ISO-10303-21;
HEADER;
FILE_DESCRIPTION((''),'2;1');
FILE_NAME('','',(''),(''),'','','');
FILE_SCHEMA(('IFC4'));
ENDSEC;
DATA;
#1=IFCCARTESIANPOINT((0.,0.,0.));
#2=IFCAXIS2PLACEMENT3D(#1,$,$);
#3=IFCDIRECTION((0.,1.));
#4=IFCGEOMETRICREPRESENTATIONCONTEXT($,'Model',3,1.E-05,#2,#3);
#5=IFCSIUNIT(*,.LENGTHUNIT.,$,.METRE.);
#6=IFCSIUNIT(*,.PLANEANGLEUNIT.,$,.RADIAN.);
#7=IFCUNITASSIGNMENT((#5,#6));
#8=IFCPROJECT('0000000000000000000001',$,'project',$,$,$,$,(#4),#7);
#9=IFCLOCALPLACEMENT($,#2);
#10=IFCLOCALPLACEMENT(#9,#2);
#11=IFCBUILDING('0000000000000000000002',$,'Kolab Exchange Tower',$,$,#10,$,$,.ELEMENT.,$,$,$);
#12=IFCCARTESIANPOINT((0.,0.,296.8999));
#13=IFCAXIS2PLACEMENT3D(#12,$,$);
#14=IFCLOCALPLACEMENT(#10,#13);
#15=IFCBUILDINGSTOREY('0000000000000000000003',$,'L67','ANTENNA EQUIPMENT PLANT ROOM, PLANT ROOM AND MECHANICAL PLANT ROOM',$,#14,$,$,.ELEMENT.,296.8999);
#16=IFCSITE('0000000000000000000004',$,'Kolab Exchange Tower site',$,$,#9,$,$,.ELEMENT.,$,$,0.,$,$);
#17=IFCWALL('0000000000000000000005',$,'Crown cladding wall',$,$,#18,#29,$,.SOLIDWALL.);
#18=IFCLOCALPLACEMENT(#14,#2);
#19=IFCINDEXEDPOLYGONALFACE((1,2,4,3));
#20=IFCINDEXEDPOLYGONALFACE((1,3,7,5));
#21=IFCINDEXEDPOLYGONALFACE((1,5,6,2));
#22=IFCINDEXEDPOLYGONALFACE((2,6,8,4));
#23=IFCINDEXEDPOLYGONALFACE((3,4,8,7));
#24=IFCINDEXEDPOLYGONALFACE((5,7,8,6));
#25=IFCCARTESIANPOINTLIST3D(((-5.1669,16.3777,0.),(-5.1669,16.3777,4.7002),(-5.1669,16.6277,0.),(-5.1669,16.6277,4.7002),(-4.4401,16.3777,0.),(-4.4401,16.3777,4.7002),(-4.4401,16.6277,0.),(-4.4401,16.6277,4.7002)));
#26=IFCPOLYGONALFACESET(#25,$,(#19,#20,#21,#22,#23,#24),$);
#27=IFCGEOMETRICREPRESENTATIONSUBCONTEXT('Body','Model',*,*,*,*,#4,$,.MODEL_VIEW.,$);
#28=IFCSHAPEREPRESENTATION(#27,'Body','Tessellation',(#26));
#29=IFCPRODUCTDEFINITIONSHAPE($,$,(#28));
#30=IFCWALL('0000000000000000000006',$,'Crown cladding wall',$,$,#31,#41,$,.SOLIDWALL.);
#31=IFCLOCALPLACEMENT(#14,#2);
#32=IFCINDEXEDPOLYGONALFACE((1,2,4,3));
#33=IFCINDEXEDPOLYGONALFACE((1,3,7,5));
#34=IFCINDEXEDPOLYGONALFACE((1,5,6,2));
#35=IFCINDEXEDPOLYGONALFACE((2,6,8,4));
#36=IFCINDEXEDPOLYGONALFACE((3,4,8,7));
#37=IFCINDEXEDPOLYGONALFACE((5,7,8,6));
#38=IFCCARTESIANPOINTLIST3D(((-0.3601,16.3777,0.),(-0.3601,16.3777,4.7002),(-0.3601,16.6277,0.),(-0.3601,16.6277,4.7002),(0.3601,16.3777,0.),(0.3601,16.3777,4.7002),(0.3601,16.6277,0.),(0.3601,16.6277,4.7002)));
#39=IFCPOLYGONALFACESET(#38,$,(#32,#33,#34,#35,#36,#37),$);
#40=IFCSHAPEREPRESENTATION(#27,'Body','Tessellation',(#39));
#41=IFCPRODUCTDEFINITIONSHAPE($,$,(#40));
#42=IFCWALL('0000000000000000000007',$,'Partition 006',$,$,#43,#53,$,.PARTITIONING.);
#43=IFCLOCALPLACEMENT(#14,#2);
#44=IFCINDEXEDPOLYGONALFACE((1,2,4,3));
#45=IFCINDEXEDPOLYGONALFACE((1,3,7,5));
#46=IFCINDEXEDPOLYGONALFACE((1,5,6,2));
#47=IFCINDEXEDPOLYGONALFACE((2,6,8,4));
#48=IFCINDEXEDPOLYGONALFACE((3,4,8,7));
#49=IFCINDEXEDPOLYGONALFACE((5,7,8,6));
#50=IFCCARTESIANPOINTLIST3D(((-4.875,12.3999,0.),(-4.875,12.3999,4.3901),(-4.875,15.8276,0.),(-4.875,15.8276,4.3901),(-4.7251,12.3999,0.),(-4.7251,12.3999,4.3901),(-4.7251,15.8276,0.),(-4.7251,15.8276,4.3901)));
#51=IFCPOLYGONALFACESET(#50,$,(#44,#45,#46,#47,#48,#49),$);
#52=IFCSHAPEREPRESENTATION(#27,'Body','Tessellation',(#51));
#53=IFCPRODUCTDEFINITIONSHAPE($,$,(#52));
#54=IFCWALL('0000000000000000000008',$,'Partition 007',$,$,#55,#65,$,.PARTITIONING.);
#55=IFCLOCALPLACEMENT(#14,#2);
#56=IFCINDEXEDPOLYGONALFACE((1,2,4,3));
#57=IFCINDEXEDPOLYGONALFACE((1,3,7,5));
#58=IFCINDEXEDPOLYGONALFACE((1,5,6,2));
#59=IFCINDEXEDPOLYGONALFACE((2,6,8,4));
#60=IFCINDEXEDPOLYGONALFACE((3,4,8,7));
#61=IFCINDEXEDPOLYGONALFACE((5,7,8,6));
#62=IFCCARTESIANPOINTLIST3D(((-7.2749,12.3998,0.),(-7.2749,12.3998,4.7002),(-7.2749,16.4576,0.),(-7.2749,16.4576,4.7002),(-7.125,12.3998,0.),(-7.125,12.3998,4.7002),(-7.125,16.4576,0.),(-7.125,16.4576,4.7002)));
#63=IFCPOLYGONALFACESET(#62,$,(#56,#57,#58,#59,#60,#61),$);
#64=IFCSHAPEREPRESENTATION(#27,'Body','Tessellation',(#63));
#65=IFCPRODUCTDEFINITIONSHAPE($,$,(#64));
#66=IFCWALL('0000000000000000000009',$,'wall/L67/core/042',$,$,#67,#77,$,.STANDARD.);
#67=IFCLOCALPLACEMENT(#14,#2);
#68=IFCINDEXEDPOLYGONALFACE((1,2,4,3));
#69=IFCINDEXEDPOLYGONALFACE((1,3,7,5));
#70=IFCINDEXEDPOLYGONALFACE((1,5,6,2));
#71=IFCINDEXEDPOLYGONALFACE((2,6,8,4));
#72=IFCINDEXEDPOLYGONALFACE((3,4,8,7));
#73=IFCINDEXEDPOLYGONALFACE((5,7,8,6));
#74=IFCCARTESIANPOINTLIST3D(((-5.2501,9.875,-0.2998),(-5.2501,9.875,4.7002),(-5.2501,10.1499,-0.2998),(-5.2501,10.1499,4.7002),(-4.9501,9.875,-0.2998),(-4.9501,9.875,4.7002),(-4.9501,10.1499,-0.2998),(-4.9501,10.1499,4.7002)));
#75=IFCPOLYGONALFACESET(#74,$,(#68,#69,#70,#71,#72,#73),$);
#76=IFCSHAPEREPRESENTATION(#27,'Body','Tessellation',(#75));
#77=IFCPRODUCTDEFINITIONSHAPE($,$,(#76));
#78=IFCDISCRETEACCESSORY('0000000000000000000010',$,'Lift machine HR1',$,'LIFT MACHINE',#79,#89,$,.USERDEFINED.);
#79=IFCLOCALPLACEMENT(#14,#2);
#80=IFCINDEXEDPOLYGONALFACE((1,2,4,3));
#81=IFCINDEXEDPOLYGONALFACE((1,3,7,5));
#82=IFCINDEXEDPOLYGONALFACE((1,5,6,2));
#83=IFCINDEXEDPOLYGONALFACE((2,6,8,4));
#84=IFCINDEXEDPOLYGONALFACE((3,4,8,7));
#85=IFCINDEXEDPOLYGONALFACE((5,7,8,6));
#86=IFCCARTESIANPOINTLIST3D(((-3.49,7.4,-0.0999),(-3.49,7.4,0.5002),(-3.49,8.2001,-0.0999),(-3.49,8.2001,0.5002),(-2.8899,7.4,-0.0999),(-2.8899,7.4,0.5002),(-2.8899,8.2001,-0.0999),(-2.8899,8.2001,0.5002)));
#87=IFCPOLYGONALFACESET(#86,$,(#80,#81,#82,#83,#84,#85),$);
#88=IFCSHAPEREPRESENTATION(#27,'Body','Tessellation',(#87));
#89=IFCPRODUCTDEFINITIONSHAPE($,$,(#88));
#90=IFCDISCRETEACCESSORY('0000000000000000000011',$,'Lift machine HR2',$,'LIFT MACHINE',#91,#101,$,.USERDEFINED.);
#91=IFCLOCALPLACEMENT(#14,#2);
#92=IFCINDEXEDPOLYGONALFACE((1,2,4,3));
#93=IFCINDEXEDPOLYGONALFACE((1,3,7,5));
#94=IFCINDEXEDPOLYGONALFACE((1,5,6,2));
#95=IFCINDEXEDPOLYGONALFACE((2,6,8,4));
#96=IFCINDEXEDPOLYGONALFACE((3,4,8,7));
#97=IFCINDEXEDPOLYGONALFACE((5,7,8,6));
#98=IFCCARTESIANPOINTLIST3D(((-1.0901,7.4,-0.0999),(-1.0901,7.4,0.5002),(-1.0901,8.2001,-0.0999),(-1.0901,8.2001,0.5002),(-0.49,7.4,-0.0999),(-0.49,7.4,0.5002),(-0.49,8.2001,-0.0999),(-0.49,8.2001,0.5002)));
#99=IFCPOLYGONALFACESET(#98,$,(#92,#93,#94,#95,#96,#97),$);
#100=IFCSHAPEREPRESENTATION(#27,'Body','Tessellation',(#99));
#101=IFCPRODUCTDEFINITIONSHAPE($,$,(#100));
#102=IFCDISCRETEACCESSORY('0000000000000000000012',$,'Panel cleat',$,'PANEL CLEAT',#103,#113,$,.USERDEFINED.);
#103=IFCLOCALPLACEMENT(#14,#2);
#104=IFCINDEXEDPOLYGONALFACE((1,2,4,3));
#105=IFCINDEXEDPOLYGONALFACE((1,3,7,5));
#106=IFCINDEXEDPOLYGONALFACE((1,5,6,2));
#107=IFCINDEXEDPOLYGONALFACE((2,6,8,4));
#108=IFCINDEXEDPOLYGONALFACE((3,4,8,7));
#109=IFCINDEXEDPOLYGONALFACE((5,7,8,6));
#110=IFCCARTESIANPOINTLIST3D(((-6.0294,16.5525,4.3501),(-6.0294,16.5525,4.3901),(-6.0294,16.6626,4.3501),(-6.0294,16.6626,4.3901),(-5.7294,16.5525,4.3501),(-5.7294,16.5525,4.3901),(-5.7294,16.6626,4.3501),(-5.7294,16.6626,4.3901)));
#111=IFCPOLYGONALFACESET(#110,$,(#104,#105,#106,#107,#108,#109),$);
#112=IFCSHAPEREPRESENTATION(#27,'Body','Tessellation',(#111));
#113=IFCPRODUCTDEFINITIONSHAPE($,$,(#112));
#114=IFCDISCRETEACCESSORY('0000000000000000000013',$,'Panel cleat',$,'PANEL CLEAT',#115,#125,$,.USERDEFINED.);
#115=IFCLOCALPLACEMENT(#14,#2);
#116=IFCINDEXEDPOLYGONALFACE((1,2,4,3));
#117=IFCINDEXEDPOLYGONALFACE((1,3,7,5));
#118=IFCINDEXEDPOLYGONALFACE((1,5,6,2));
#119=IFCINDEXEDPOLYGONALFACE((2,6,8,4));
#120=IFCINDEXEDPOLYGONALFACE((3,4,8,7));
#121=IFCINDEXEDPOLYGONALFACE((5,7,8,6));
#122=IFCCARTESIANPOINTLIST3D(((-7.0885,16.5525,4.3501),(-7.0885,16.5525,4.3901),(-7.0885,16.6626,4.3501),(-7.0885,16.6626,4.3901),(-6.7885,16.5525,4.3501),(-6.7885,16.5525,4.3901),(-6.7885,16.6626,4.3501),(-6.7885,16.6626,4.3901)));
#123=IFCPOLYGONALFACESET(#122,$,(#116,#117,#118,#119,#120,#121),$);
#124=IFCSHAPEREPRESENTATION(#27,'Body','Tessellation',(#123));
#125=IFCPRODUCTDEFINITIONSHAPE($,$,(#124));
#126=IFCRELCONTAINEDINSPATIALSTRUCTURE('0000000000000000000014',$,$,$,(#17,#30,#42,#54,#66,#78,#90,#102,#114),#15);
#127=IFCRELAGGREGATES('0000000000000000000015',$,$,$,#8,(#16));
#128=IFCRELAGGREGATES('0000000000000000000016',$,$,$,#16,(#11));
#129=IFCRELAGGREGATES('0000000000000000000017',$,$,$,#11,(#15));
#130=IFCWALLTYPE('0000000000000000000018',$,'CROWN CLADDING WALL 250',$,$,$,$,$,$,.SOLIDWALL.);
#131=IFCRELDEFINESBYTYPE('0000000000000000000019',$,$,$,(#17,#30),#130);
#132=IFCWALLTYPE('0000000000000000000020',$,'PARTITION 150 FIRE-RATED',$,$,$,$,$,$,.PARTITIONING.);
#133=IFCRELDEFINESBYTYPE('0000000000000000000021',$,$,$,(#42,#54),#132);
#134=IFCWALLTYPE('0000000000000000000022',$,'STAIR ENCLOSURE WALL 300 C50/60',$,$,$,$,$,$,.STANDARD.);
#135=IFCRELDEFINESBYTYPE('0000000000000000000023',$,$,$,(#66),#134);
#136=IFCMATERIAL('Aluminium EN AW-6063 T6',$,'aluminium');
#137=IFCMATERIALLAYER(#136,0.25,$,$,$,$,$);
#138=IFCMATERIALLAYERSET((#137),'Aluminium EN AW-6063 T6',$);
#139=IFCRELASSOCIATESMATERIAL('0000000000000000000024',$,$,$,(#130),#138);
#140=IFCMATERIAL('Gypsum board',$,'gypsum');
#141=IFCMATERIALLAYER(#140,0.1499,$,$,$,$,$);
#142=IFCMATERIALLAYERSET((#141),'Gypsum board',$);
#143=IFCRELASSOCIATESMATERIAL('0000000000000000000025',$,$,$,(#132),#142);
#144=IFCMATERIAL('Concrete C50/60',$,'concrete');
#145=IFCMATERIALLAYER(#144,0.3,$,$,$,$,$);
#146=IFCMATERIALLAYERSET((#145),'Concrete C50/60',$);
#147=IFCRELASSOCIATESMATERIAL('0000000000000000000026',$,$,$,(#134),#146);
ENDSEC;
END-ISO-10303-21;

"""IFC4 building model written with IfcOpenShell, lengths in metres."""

from ifc_helpers import new_model, si_unit, direction, frame, frame_2d, origin, origin_2d, place, context, subcontext, project, spatial, rectangle, extrude, material, layer, layer_set, type_object, element, save


model = new_model("IFC4")

# Units and contexts
model_context = context("Model", 3, precision=1e-05, world=origin(), true_north=direction((0.0, 1.0)))
body_context = subcontext(model_context, "Body", "Model", "MODEL_VIEW")
ifc_project = project(units=[si_unit("LENGTHUNIT", "METRE"), si_unit("PLANEANGLEUNIT", "RADIAN")], contexts=[model_context])

# Site, building, storey
site_placement = place(None, origin())
site = spatial("IfcSite", under=ifc_project, at=site_placement, Name="Kolab Exchange Tower site", CompositionType="ELEMENT", RefElevation=0.0)
building_placement = place(site_placement, origin())
building = spatial("IfcBuilding", under=site, at=building_placement, Name="Kolab Exchange Tower", CompositionType="ELEMENT")
storey_placement = place(building_placement, frame((0.0, 0.0, 296.8999)))
storey = spatial("IfcBuildingStorey", under=building, at=storey_placement, Name="L67", Description="ANTENNA EQUIPMENT PLANT ROOM, PLANT ROOM AND MECHANICAL PLANT ROOM", CompositionType="ELEMENT", Elevation=296.8999)

# Shared definitions
ifc_material_1 = material(Name="Concrete C50/60", Category="concrete")

# Shared definitions
ifc_material_2 = material(Name="Aluminium EN AW-6063 T6", Category="aluminium")
ifc_layer_1 = layer(ifc_material_2, 0.25)
ifc_layer_set_1 = layer_set([ifc_layer_1], Name="Aluminium EN AW-6063 T6")
wall_type_1 = type_object("IfcWallType", Name="CROWN CLADDING WALL 250", PredefinedType="SOLIDWALL", material=ifc_layer_set_1)

# Walls
wall_1_placement = place(storey_placement, frame((-5.1667, 16.5027, 0.0), z_axis=(0.0, 0.0, 1.0), x_axis=(1.0, 0.0, 0.0)))
element("IfcWall", 1, at=wall_1_placement, inside=storey, type_object=wall_type_1, Name="Crown cladding wall", PredefinedType="SOLIDWALL", context=body_context, shape_type="SweptSolid", body=[
    extrude(rectangle(XDim=0.7268, YDim=0.25, at=frame_2d((0.3633, 0.0))), origin(), (0.0, 0.0, 1.0), 4.7002),
])
wall_2_placement = place(storey_placement, frame((-0.3601, 16.5027, 0.0), z_axis=(0.0, 0.0, 1.0), x_axis=(1.0, 0.0, 0.0)))
element("IfcWall", 2, at=wall_2_placement, inside=storey, type_object=wall_type_1, Name="Crown cladding wall", PredefinedType="SOLIDWALL", context=body_context, shape_type="SweptSolid", body=[
    extrude(rectangle(XDim=0.7202, YDim=0.25, at=frame_2d((0.3601, 0.0))), origin(), (0.0, 0.0, 1.0), 4.7002),
])
ifc_material_3 = material(Name="Gypsum board", Category="gypsum")
ifc_layer_2 = layer(ifc_material_3, 0.1499)
ifc_layer_set_2 = layer_set([ifc_layer_2], Name="Gypsum board")
wall_type_2 = type_object("IfcWallType", Name="PARTITION 150 FIRE-RATED", PredefinedType="PARTITIONING", material=ifc_layer_set_2)
wall_3_placement = place(storey_placement, frame((-4.8, 12.3999, 0.0), z_axis=(0.0, 0.0, 1.0), x_axis=(0.0, 1.0, 0.0)))
element("IfcWall", 3, at=wall_3_placement, inside=storey, type_object=wall_type_2, Name="Partition 006", PredefinedType="PARTITIONING", context=body_context, shape_type="SweptSolid", body=[
    extrude(rectangle(XDim=3.4277, YDim=0.1499, at=frame_2d((1.7139, 0.0))), origin(), (0.0, 0.0, 1.0), 4.3901),
])
wall_4_placement = place(storey_placement, frame((-7.2, 12.3999, 0.0), z_axis=(0.0, 0.0, 1.0), x_axis=(0.0, 1.0, 0.0)))
element("IfcWall", 4, at=wall_4_placement, inside=storey, type_object=wall_type_2, Name="Partition 007", PredefinedType="PARTITIONING", context=body_context, shape_type="SweptSolid", body=[
    extrude(rectangle(XDim=4.0579, YDim=0.1499, at=frame_2d((2.0288, 0.0))), origin(), (0.0, 0.0, 1.0), 4.7002),
])
ifc_layer_3 = layer(ifc_material_1, 0.3)
ifc_layer_set_3 = layer_set([ifc_layer_3], Name="Concrete C50/60")
wall_type_3 = type_object("IfcWallType", Name="STAIR ENCLOSURE WALL 300 C50/60", PredefinedType="STANDARD", material=ifc_layer_set_3)
wall_5_placement = place(storey_placement, frame((-5.1001, 9.875, -0.2998), z_axis=(0.0, 0.0, 1.0), x_axis=(0.0, 1.0, 0.0)))
element("IfcWall", 5, at=wall_5_placement, inside=storey, type_object=wall_type_3, Name="wall/L67/core/042", PredefinedType="STANDARD", context=body_context, shape_type="SweptSolid", body=[
    extrude(rectangle(XDim=0.2749, YDim=0.3, at=frame_2d((0.1375, 0.0))), origin(), (0.0, 0.0, 1.0), 5.0),
])

# Discrete accessories
for number, where, z_axis, x_axis, name in (
    (6, (-3.1899, 7.8, -0.0999), (0.0, 0.0, 1.0), (1.0, 0.0, 0.0), "Lift machine HR1"),
    (7, (-0.79, 7.8, -0.0999), (0.0, 0.0, 1.0), (1.0, 0.0, 0.0), "Lift machine HR2"),
):
    element("IfcDiscreteAccessory", number, at=place(storey_placement, frame(where, z_axis=z_axis, x_axis=x_axis)), inside=storey, Name=name, ObjectType="LIFT MACHINE", PredefinedType="USERDEFINED", context=body_context, shape_type="SweptSolid", body=[
        extrude(rectangle(XDim=0.6001, YDim=0.8, at=origin_2d()), origin(), (0.0, 0.0, 1.0), 0.6001),
    ])
for number, where, z_axis, x_axis, name in (
    (8, (-5.8794, 16.5525, 4.3701), (0.0, 1.0, 0.0), (-1.0, 0.0, 0.0), "Panel cleat"),
    (9, (-6.9385, 16.5525, 4.3701), (0.0, 1.0, 0.0), (-1.0, 0.0, 0.0), "Panel cleat"),
):
    element("IfcDiscreteAccessory", number, at=place(storey_placement, frame(where, z_axis=z_axis, x_axis=x_axis)), inside=storey, Name=name, ObjectType="PANEL CLEAT", PredefinedType="USERDEFINED", context=body_context, shape_type="SweptSolid", body=[
        extrude(rectangle(XDim=0.3, YDim=0.04, at=origin_2d()), origin(), (0.0, 0.0, 1.0), 0.1101),
    ])

save(model, "model.ifc")
